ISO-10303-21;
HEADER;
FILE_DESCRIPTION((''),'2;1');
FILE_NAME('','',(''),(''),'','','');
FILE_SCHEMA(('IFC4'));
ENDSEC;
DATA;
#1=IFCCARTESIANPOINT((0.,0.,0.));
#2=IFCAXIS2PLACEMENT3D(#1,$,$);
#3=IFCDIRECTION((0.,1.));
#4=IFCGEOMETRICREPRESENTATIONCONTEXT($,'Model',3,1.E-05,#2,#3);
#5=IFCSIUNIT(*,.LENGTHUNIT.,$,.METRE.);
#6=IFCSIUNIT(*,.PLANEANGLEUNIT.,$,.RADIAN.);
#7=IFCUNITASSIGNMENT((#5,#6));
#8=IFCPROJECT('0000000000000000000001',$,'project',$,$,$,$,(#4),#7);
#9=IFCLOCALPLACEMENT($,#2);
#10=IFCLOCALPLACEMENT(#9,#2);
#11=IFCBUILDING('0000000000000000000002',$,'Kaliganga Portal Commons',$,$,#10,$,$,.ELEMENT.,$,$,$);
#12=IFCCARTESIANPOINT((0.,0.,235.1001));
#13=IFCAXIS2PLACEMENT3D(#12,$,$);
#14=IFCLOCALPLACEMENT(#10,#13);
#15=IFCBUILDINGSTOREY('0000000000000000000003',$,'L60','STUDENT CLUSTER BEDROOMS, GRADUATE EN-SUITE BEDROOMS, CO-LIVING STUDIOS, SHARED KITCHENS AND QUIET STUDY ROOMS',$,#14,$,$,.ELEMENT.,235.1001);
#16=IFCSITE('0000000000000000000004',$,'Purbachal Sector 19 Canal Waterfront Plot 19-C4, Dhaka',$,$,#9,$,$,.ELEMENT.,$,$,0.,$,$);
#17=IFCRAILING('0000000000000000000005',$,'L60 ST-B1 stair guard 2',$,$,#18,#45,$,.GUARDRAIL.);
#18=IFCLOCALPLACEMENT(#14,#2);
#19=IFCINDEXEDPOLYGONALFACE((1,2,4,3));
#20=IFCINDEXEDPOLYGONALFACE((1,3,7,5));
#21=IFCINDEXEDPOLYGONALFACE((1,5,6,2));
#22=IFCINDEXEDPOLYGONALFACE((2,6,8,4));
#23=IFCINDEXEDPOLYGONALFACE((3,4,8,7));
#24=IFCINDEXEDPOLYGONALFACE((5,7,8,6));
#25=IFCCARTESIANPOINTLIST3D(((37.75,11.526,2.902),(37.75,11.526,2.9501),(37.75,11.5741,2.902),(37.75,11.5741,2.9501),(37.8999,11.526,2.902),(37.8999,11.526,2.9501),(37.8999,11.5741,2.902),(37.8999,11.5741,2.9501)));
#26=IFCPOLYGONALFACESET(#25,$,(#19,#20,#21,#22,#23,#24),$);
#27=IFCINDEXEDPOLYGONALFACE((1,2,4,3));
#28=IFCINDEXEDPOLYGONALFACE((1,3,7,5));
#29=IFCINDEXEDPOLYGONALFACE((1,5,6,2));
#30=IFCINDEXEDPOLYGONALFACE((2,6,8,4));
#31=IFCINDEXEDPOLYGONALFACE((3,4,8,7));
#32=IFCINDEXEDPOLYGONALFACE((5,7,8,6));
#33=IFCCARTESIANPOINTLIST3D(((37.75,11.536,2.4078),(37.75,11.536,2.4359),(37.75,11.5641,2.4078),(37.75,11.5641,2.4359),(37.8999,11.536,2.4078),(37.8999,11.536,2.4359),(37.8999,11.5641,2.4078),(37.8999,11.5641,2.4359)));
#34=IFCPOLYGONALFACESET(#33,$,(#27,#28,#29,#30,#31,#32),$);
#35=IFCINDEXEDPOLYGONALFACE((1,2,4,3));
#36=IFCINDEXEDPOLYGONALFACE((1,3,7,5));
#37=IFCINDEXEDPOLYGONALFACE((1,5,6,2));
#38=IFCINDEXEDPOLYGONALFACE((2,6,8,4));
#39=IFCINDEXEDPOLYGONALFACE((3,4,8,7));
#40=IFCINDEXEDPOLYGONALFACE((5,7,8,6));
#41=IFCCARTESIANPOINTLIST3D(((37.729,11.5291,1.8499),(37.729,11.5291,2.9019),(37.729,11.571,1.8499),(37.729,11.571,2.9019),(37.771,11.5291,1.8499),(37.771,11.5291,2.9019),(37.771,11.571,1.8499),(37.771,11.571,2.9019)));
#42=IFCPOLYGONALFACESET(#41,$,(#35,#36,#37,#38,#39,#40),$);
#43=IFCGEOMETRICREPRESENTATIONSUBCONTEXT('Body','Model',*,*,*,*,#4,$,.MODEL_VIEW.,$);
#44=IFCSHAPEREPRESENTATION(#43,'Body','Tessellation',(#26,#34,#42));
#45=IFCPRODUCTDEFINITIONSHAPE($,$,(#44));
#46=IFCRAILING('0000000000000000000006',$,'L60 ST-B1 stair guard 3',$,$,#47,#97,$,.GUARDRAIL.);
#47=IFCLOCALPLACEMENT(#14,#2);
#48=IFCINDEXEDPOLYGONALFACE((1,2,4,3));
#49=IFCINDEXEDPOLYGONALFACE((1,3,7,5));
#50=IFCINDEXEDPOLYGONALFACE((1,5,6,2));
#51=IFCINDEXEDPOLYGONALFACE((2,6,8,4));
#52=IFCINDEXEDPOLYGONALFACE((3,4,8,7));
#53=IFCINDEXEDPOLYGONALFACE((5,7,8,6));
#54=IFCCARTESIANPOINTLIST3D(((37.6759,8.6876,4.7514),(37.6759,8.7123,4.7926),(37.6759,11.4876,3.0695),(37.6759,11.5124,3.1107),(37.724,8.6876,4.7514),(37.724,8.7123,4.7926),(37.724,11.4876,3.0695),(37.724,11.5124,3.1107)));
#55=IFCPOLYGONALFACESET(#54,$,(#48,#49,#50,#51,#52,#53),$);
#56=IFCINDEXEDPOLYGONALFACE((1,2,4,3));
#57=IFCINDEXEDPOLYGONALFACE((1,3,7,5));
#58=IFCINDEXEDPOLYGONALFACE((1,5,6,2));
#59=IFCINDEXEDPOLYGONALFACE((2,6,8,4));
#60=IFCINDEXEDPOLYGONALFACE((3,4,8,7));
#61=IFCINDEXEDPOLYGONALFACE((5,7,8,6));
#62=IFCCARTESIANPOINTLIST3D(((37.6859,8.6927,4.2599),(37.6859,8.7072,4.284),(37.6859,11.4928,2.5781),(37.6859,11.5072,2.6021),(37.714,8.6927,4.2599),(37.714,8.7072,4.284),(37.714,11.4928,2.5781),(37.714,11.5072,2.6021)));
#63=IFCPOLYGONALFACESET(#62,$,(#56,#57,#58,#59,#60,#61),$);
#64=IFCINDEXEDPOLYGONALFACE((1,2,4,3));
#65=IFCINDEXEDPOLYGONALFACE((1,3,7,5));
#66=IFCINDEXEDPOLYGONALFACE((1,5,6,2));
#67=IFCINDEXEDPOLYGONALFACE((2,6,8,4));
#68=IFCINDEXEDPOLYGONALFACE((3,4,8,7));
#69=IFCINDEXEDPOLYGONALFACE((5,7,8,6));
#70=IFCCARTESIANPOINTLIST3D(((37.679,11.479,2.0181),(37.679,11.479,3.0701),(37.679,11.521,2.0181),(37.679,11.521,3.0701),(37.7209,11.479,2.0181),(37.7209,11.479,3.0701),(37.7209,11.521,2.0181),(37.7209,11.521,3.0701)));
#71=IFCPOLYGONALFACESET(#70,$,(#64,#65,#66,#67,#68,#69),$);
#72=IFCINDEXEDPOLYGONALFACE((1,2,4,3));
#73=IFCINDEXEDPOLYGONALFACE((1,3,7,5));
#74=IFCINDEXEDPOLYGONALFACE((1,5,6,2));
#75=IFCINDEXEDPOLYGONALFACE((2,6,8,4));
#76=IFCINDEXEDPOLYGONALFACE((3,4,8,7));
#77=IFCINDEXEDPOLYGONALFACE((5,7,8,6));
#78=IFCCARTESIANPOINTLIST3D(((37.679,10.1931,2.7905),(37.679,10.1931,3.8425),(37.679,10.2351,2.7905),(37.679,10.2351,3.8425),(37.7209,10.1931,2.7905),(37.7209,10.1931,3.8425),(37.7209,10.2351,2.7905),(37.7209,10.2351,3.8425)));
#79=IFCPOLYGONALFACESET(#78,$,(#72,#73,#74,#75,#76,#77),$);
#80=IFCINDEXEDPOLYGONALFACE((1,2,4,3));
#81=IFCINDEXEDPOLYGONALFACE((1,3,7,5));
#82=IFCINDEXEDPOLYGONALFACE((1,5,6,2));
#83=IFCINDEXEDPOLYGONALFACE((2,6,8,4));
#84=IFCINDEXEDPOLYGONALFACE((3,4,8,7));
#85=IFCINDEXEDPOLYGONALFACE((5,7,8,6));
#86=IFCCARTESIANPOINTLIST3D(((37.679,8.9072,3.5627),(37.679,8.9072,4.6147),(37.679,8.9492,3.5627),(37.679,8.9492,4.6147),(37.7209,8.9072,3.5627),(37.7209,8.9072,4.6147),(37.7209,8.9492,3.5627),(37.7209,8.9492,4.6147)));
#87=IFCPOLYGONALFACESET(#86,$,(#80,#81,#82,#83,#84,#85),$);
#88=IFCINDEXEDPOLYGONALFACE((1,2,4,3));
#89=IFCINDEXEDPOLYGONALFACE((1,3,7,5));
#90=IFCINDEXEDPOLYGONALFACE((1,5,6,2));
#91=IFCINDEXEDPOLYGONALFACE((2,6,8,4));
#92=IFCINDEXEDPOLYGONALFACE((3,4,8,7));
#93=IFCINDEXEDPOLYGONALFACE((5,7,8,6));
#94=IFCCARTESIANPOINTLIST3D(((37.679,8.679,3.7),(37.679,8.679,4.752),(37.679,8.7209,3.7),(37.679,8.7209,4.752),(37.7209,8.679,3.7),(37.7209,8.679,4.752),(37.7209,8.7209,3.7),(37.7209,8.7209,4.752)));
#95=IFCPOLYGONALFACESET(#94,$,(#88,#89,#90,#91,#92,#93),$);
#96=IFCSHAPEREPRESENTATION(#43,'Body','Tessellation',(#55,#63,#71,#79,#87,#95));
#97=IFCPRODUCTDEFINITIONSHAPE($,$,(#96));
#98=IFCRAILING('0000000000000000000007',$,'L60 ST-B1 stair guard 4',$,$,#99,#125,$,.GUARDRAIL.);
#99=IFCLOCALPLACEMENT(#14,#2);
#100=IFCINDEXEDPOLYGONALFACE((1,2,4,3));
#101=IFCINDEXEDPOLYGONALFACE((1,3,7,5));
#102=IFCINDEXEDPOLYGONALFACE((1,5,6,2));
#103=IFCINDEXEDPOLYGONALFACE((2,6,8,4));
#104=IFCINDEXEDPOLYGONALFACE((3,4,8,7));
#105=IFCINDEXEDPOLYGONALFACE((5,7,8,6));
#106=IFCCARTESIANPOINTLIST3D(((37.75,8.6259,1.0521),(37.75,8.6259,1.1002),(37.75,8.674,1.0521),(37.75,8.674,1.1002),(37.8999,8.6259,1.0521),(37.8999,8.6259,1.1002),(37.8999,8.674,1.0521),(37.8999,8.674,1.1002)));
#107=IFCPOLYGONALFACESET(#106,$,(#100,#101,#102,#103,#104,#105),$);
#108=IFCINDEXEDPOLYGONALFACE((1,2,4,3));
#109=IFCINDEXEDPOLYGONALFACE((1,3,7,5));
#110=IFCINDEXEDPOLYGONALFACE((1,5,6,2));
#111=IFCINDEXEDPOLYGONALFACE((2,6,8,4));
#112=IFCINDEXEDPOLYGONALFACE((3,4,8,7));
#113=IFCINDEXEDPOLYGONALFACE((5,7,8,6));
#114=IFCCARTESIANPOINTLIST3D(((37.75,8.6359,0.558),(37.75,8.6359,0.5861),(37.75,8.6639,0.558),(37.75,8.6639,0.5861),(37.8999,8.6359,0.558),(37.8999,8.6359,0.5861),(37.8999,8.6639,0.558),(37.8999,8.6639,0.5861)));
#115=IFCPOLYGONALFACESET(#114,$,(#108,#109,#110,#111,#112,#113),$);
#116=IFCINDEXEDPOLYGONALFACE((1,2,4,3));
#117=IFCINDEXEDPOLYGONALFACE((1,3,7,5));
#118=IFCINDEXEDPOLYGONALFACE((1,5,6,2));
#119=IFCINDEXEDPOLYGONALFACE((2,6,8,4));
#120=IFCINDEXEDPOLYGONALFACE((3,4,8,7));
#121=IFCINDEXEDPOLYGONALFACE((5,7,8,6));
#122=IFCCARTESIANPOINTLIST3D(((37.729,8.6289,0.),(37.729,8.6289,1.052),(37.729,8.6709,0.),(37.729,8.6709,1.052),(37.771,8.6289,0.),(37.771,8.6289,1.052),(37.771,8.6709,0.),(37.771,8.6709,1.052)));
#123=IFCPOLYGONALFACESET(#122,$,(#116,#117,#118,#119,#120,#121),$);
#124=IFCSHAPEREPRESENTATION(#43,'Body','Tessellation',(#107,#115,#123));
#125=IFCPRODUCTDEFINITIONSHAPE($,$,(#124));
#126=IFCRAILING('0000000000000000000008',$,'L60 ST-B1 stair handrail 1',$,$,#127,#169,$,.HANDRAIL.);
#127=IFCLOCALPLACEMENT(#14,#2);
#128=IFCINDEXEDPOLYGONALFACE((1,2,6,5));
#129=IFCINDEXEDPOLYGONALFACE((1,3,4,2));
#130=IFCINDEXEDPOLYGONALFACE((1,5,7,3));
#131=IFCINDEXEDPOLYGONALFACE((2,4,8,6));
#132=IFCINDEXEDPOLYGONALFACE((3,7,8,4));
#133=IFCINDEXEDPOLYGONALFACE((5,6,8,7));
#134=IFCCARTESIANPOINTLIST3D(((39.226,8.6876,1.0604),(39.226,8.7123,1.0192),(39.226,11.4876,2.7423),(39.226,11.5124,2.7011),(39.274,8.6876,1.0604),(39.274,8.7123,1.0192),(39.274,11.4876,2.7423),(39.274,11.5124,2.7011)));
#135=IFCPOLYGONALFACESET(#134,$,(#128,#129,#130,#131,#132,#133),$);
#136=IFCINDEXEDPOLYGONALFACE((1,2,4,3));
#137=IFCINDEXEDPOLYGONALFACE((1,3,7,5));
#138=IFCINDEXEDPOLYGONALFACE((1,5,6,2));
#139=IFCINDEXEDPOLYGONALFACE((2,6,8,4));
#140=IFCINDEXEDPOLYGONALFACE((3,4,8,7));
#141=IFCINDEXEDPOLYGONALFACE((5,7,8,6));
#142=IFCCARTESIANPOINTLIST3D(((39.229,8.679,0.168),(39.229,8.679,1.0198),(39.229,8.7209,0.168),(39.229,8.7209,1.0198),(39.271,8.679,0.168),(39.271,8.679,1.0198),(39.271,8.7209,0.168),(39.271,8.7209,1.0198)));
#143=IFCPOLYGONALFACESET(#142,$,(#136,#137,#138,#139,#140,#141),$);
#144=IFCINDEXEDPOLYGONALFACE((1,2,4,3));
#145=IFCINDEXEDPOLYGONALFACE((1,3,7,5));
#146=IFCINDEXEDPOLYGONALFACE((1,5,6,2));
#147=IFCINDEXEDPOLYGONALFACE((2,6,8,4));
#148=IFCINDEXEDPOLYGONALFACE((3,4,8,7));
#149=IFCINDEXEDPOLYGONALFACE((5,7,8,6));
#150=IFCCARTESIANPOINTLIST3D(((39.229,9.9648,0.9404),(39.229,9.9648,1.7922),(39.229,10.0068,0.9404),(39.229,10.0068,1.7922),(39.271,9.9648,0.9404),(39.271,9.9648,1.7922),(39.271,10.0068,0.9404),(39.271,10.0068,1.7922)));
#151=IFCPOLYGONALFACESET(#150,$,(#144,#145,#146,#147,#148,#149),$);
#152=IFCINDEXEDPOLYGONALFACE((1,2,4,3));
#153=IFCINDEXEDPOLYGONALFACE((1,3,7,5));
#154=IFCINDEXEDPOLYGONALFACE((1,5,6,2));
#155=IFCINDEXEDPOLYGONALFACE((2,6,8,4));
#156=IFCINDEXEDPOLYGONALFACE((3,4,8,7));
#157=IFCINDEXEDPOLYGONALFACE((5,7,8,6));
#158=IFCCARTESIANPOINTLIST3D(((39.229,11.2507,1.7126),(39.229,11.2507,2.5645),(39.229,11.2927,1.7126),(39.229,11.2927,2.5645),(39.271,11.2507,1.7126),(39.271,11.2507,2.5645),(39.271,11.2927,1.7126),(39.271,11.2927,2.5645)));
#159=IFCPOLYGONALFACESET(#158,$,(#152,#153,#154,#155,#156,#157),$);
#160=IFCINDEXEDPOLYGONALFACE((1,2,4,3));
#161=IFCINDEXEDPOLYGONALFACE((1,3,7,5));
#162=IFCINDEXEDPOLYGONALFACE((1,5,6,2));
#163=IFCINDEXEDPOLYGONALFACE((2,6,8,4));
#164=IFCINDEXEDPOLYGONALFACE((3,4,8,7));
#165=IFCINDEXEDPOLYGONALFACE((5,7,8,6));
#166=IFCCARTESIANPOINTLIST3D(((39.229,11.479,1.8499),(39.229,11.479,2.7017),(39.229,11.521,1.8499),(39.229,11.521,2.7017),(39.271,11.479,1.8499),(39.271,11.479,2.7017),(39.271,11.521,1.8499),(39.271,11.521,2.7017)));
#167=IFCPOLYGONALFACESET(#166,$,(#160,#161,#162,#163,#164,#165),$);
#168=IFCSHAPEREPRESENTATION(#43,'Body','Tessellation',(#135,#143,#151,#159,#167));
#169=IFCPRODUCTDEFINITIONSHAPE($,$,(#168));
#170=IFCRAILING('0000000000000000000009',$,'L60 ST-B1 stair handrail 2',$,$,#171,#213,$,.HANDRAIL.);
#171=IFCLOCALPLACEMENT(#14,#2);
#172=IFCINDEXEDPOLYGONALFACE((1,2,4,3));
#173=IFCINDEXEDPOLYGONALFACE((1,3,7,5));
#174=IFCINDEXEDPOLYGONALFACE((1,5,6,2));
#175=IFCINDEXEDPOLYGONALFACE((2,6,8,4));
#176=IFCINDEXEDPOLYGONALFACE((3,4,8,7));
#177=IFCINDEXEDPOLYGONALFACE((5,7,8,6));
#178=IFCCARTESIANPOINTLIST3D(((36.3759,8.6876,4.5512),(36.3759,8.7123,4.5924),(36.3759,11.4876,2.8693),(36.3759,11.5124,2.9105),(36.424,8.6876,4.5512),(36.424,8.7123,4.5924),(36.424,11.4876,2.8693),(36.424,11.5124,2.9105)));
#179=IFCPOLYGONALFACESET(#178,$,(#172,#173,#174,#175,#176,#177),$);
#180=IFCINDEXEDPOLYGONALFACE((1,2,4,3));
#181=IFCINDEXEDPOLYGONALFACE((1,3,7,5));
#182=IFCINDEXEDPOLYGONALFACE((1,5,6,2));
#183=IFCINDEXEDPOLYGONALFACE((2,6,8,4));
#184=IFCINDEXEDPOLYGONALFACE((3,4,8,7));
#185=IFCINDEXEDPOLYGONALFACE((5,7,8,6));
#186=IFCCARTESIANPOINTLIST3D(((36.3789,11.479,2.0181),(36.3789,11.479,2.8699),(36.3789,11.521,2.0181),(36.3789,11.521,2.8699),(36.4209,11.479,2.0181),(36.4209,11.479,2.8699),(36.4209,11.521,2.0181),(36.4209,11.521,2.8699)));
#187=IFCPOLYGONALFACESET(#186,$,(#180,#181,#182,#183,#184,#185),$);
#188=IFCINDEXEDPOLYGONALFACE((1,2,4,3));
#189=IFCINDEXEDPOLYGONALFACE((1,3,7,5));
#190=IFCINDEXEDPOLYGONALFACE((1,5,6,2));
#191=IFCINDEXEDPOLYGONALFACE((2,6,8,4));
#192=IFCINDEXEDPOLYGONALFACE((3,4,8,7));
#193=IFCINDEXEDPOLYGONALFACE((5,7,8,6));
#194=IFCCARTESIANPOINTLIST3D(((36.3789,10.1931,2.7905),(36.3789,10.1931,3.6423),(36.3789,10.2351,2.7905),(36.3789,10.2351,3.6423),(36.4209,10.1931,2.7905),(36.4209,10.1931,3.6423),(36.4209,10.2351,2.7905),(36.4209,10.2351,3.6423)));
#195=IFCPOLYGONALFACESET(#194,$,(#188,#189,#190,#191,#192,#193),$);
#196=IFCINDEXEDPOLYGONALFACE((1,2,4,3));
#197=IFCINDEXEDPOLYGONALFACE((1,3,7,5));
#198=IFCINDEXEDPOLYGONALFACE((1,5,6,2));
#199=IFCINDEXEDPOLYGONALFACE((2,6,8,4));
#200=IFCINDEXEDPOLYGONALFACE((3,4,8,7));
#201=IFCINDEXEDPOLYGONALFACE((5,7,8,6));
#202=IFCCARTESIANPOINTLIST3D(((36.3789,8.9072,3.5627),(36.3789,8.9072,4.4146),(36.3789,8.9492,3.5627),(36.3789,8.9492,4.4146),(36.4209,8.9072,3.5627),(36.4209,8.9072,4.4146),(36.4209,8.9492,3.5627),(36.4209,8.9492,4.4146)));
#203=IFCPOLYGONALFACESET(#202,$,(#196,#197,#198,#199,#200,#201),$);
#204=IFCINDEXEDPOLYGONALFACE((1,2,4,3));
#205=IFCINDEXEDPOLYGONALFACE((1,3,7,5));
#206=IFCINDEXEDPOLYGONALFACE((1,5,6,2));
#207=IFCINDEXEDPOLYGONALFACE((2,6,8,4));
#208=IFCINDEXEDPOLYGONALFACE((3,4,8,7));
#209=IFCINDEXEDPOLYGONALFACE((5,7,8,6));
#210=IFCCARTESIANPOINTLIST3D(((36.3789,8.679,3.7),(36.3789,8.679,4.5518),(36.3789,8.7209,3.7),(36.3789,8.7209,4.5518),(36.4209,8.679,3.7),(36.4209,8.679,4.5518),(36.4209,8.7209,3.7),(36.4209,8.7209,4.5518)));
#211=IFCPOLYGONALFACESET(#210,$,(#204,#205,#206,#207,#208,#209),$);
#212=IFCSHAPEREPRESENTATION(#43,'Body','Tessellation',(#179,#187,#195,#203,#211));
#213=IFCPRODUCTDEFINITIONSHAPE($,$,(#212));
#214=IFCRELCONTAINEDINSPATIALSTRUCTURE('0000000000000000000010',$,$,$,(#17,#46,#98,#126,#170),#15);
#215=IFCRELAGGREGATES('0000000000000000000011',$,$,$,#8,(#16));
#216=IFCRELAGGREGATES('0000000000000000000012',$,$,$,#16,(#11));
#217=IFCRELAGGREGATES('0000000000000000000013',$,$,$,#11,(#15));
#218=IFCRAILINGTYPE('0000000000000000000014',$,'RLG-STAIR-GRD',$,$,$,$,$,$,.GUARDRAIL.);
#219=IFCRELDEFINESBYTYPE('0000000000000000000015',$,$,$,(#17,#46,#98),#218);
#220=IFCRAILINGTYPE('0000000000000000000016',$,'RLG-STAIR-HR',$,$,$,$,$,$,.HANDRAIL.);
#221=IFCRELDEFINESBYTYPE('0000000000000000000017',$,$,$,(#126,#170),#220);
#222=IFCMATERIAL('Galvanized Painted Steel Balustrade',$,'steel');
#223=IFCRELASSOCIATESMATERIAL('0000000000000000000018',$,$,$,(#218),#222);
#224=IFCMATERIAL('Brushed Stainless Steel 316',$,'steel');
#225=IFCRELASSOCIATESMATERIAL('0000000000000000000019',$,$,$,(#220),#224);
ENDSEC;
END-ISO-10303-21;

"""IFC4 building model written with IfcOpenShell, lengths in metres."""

from ifc_helpers import new_model, si_unit, direction, frame, origin, origin_2d, place, context, subcontext, project, spatial, rectangle, extrude, material, type_object, element, save


model = new_model("IFC4")

# Units and contexts
model_context = context("Model", 3, precision=1e-05, world=origin(), true_north=direction((0.0, 1.0)))
body_context = subcontext(model_context, "Body", "Model", "MODEL_VIEW")
ifc_project = project(units=[si_unit("LENGTHUNIT", "METRE"), si_unit("PLANEANGLEUNIT", "RADIAN")], contexts=[model_context])

# Site, building, storey
site_placement = place(None, origin())
site = spatial("IfcSite", under=ifc_project, at=site_placement, Name="Purbachal Sector 19 Canal Waterfront Plot 19-C4, Dhaka", CompositionType="ELEMENT", RefElevation=0.0)
building_placement = place(site_placement, origin())
building = spatial("IfcBuilding", under=site, at=building_placement, Name="Kaliganga Portal Commons", CompositionType="ELEMENT")
storey_placement = place(building_placement, frame((0.0, 0.0, 235.1001)))
storey = spatial("IfcBuildingStorey", under=building, at=storey_placement, Name="L60", Description="STUDENT CLUSTER BEDROOMS, GRADUATE EN-SUITE BEDROOMS, CO-LIVING STUDIOS, SHARED KITCHENS AND QUIET STUDY ROOMS", CompositionType="ELEMENT", Elevation=235.1001)

# Railings
ifc_material_1 = material(Name="Galvanized Painted Steel Balustrade", Category="steel")
railing_type_1 = type_object("IfcRailingType", Name="RLG-STAIR-GRD", PredefinedType="GUARDRAIL", material=ifc_material_1)
railing_1_placement = place(storey_placement, frame((37.8999, 11.55, 1.8499)))
element("IfcRailing", 1, at=railing_1_placement, inside=storey, type_object=railing_type_1, Name="L60 ST-B1 stair guard 2", PredefinedType="GUARDRAIL", context=body_context, shape_type="SweptSolid", body=[
    extrude(rectangle(XDim=0.0481, YDim=0.0481, at=origin_2d()), frame((0.0, 0.0, 1.0762), z_axis=(-1.0, 0.0, 0.0), x_axis=(0.0, -1.0, 0.0)), (0.0, 0.0, 1.0), 0.1499),
    extrude(rectangle(XDim=0.0281, YDim=0.0281, at=origin_2d()), frame((0.0, 0.0, 0.572), z_axis=(-1.0, 0.0, 0.0), x_axis=(0.0, -1.0, 0.0)), (0.0, 0.0, 1.0), 0.1499),
    extrude(rectangle(XDim=0.042, YDim=0.042, at=origin_2d()), frame((-0.1499, 0.0, 0.0)), (0.0, 0.0, 1.0), 1.052),
])
railing_2_placement = place(storey_placement, frame((37.7, 11.5, 2.0181)))
element("IfcRailing", 2, at=railing_2_placement, inside=storey, type_object=railing_type_1, Name="L60 ST-B1 stair guard 3", PredefinedType="GUARDRAIL", context=body_context, shape_type="SweptSolid", body=[
    extrude(rectangle(XDim=0.0481, YDim=0.0481, at=origin_2d()), frame((0.0, 0.0, 1.072), z_axis=(0.0, -0.857242, 0.514913), x_axis=(1.0, 0.0, 0.0)), (0.0, 0.0, 1.0), 3.2664),
    extrude(rectangle(XDim=0.0281, YDim=0.0281, at=origin_2d()), frame((0.0, 0.0, 0.572), z_axis=(0.0, -0.857242, 0.514913), x_axis=(1.0, 0.0, 0.0)), (0.0, 0.0, 1.0), 3.2664),
    extrude(rectangle(XDim=0.042, YDim=0.042, at=origin_2d()), origin(), (0.0, 0.0, 1.0), 1.052),
    extrude(rectangle(XDim=0.042, YDim=0.042, at=origin_2d()), frame((0.0, -1.2859, 0.7725)), (0.0, 0.0, 1.0), 1.052),
    extrude(rectangle(XDim=0.042, YDim=0.042, at=origin_2d()), frame((0.0, -2.5718, 1.5447)), (0.0, 0.0, 1.0), 1.052),
    extrude(rectangle(XDim=0.042, YDim=0.042, at=origin_2d()), frame((0.0, -2.8, 1.6819)), (0.0, 0.0, 1.0), 1.052),
])
railing_3_placement = place(storey_placement, frame((37.8999, 8.6499, 0.0)))
element("IfcRailing", 3, at=railing_3_placement, inside=storey, type_object=railing_type_1, Name="L60 ST-B1 stair guard 4", PredefinedType="GUARDRAIL", context=body_context, shape_type="SweptSolid", body=[
    extrude(rectangle(XDim=0.0481, YDim=0.0481, at=origin_2d()), frame((0.0, 0.0, 1.0762), z_axis=(-1.0, 0.0, 0.0), x_axis=(0.0, -1.0, 0.0)), (0.0, 0.0, 1.0), 0.1499),
    extrude(rectangle(XDim=0.0281, YDim=0.0281, at=origin_2d()), frame((0.0, 0.0, 0.572), z_axis=(-1.0, 0.0, 0.0), x_axis=(0.0, -1.0, 0.0)), (0.0, 0.0, 1.0), 0.1499),
    extrude(rectangle(XDim=0.042, YDim=0.042, at=origin_2d()), frame((-0.1499, 0.0, 0.0)), (0.0, 0.0, 1.0), 1.052),
])
ifc_material_2 = material(Name="Brushed Stainless Steel 316", Category="steel")
railing_type_2 = type_object("IfcRailingType", Name="RLG-STAIR-HR", PredefinedType="HANDRAIL", material=ifc_material_2)
railing_4_placement = place(storey_placement, frame((39.25, 8.7, 0.168)))
element("IfcRailing", 4, at=railing_4_placement, inside=storey, type_object=railing_type_2, Name="L60 ST-B1 stair handrail 1", PredefinedType="HANDRAIL", context=body_context, shape_type="SweptSolid", body=[
    extrude(rectangle(XDim=0.0481, YDim=0.0481, at=origin_2d()), frame((0.0, 0.0, 0.8718), z_axis=(0.0, 0.857242, 0.514913), x_axis=(-1.0, 0.0, 0.0)), (0.0, 0.0, 1.0), 3.2664),
    extrude(rectangle(XDim=0.042, YDim=0.042, at=origin_2d()), origin(), (0.0, 0.0, 1.0), 0.8518),
    extrude(rectangle(XDim=0.042, YDim=0.042, at=origin_2d()), frame((0.0, 1.2859, 0.7725)), (0.0, 0.0, 1.0), 0.8518),
    extrude(rectangle(XDim=0.042, YDim=0.042, at=origin_2d()), frame((0.0, 2.5718, 1.5447)), (0.0, 0.0, 1.0), 0.8518),
    extrude(rectangle(XDim=0.042, YDim=0.042, at=origin_2d()), frame((0.0, 2.8, 1.6819)), (0.0, 0.0, 1.0), 0.8518),
])
for number, where, name in (
    (5, (36.3999, 11.5, 2.0181), "L60 ST-B1 stair handrail 2"),
):
    element("IfcRailing", number, at=place(storey_placement, frame(where)), inside=storey, type_object=railing_type_2, Name=name, PredefinedType="HANDRAIL", context=body_context, shape_type="SweptSolid", body=[
        extrude(rectangle(XDim=0.0481, YDim=0.0481, at=origin_2d()), frame((0.0, 0.0, 0.8718), z_axis=(0.0, -0.857242, 0.514913), x_axis=(1.0, 0.0, 0.0)), (0.0, 0.0, 1.0), 3.2664),
        extrude(rectangle(XDim=0.042, YDim=0.042, at=origin_2d()), origin(), (0.0, 0.0, 1.0), 0.8518),
        extrude(rectangle(XDim=0.042, YDim=0.042, at=origin_2d()), frame((0.0, -1.2859, 0.7725)), (0.0, 0.0, 1.0), 0.8518),
        extrude(rectangle(XDim=0.042, YDim=0.042, at=origin_2d()), frame((0.0, -2.5718, 1.5447)), (0.0, 0.0, 1.0), 0.8518),
        extrude(rectangle(XDim=0.042, YDim=0.042, at=origin_2d()), frame((0.0, -2.8, 1.6819)), (0.0, 0.0, 1.0), 0.8518),
    ])

save(model, "model.ifc")
